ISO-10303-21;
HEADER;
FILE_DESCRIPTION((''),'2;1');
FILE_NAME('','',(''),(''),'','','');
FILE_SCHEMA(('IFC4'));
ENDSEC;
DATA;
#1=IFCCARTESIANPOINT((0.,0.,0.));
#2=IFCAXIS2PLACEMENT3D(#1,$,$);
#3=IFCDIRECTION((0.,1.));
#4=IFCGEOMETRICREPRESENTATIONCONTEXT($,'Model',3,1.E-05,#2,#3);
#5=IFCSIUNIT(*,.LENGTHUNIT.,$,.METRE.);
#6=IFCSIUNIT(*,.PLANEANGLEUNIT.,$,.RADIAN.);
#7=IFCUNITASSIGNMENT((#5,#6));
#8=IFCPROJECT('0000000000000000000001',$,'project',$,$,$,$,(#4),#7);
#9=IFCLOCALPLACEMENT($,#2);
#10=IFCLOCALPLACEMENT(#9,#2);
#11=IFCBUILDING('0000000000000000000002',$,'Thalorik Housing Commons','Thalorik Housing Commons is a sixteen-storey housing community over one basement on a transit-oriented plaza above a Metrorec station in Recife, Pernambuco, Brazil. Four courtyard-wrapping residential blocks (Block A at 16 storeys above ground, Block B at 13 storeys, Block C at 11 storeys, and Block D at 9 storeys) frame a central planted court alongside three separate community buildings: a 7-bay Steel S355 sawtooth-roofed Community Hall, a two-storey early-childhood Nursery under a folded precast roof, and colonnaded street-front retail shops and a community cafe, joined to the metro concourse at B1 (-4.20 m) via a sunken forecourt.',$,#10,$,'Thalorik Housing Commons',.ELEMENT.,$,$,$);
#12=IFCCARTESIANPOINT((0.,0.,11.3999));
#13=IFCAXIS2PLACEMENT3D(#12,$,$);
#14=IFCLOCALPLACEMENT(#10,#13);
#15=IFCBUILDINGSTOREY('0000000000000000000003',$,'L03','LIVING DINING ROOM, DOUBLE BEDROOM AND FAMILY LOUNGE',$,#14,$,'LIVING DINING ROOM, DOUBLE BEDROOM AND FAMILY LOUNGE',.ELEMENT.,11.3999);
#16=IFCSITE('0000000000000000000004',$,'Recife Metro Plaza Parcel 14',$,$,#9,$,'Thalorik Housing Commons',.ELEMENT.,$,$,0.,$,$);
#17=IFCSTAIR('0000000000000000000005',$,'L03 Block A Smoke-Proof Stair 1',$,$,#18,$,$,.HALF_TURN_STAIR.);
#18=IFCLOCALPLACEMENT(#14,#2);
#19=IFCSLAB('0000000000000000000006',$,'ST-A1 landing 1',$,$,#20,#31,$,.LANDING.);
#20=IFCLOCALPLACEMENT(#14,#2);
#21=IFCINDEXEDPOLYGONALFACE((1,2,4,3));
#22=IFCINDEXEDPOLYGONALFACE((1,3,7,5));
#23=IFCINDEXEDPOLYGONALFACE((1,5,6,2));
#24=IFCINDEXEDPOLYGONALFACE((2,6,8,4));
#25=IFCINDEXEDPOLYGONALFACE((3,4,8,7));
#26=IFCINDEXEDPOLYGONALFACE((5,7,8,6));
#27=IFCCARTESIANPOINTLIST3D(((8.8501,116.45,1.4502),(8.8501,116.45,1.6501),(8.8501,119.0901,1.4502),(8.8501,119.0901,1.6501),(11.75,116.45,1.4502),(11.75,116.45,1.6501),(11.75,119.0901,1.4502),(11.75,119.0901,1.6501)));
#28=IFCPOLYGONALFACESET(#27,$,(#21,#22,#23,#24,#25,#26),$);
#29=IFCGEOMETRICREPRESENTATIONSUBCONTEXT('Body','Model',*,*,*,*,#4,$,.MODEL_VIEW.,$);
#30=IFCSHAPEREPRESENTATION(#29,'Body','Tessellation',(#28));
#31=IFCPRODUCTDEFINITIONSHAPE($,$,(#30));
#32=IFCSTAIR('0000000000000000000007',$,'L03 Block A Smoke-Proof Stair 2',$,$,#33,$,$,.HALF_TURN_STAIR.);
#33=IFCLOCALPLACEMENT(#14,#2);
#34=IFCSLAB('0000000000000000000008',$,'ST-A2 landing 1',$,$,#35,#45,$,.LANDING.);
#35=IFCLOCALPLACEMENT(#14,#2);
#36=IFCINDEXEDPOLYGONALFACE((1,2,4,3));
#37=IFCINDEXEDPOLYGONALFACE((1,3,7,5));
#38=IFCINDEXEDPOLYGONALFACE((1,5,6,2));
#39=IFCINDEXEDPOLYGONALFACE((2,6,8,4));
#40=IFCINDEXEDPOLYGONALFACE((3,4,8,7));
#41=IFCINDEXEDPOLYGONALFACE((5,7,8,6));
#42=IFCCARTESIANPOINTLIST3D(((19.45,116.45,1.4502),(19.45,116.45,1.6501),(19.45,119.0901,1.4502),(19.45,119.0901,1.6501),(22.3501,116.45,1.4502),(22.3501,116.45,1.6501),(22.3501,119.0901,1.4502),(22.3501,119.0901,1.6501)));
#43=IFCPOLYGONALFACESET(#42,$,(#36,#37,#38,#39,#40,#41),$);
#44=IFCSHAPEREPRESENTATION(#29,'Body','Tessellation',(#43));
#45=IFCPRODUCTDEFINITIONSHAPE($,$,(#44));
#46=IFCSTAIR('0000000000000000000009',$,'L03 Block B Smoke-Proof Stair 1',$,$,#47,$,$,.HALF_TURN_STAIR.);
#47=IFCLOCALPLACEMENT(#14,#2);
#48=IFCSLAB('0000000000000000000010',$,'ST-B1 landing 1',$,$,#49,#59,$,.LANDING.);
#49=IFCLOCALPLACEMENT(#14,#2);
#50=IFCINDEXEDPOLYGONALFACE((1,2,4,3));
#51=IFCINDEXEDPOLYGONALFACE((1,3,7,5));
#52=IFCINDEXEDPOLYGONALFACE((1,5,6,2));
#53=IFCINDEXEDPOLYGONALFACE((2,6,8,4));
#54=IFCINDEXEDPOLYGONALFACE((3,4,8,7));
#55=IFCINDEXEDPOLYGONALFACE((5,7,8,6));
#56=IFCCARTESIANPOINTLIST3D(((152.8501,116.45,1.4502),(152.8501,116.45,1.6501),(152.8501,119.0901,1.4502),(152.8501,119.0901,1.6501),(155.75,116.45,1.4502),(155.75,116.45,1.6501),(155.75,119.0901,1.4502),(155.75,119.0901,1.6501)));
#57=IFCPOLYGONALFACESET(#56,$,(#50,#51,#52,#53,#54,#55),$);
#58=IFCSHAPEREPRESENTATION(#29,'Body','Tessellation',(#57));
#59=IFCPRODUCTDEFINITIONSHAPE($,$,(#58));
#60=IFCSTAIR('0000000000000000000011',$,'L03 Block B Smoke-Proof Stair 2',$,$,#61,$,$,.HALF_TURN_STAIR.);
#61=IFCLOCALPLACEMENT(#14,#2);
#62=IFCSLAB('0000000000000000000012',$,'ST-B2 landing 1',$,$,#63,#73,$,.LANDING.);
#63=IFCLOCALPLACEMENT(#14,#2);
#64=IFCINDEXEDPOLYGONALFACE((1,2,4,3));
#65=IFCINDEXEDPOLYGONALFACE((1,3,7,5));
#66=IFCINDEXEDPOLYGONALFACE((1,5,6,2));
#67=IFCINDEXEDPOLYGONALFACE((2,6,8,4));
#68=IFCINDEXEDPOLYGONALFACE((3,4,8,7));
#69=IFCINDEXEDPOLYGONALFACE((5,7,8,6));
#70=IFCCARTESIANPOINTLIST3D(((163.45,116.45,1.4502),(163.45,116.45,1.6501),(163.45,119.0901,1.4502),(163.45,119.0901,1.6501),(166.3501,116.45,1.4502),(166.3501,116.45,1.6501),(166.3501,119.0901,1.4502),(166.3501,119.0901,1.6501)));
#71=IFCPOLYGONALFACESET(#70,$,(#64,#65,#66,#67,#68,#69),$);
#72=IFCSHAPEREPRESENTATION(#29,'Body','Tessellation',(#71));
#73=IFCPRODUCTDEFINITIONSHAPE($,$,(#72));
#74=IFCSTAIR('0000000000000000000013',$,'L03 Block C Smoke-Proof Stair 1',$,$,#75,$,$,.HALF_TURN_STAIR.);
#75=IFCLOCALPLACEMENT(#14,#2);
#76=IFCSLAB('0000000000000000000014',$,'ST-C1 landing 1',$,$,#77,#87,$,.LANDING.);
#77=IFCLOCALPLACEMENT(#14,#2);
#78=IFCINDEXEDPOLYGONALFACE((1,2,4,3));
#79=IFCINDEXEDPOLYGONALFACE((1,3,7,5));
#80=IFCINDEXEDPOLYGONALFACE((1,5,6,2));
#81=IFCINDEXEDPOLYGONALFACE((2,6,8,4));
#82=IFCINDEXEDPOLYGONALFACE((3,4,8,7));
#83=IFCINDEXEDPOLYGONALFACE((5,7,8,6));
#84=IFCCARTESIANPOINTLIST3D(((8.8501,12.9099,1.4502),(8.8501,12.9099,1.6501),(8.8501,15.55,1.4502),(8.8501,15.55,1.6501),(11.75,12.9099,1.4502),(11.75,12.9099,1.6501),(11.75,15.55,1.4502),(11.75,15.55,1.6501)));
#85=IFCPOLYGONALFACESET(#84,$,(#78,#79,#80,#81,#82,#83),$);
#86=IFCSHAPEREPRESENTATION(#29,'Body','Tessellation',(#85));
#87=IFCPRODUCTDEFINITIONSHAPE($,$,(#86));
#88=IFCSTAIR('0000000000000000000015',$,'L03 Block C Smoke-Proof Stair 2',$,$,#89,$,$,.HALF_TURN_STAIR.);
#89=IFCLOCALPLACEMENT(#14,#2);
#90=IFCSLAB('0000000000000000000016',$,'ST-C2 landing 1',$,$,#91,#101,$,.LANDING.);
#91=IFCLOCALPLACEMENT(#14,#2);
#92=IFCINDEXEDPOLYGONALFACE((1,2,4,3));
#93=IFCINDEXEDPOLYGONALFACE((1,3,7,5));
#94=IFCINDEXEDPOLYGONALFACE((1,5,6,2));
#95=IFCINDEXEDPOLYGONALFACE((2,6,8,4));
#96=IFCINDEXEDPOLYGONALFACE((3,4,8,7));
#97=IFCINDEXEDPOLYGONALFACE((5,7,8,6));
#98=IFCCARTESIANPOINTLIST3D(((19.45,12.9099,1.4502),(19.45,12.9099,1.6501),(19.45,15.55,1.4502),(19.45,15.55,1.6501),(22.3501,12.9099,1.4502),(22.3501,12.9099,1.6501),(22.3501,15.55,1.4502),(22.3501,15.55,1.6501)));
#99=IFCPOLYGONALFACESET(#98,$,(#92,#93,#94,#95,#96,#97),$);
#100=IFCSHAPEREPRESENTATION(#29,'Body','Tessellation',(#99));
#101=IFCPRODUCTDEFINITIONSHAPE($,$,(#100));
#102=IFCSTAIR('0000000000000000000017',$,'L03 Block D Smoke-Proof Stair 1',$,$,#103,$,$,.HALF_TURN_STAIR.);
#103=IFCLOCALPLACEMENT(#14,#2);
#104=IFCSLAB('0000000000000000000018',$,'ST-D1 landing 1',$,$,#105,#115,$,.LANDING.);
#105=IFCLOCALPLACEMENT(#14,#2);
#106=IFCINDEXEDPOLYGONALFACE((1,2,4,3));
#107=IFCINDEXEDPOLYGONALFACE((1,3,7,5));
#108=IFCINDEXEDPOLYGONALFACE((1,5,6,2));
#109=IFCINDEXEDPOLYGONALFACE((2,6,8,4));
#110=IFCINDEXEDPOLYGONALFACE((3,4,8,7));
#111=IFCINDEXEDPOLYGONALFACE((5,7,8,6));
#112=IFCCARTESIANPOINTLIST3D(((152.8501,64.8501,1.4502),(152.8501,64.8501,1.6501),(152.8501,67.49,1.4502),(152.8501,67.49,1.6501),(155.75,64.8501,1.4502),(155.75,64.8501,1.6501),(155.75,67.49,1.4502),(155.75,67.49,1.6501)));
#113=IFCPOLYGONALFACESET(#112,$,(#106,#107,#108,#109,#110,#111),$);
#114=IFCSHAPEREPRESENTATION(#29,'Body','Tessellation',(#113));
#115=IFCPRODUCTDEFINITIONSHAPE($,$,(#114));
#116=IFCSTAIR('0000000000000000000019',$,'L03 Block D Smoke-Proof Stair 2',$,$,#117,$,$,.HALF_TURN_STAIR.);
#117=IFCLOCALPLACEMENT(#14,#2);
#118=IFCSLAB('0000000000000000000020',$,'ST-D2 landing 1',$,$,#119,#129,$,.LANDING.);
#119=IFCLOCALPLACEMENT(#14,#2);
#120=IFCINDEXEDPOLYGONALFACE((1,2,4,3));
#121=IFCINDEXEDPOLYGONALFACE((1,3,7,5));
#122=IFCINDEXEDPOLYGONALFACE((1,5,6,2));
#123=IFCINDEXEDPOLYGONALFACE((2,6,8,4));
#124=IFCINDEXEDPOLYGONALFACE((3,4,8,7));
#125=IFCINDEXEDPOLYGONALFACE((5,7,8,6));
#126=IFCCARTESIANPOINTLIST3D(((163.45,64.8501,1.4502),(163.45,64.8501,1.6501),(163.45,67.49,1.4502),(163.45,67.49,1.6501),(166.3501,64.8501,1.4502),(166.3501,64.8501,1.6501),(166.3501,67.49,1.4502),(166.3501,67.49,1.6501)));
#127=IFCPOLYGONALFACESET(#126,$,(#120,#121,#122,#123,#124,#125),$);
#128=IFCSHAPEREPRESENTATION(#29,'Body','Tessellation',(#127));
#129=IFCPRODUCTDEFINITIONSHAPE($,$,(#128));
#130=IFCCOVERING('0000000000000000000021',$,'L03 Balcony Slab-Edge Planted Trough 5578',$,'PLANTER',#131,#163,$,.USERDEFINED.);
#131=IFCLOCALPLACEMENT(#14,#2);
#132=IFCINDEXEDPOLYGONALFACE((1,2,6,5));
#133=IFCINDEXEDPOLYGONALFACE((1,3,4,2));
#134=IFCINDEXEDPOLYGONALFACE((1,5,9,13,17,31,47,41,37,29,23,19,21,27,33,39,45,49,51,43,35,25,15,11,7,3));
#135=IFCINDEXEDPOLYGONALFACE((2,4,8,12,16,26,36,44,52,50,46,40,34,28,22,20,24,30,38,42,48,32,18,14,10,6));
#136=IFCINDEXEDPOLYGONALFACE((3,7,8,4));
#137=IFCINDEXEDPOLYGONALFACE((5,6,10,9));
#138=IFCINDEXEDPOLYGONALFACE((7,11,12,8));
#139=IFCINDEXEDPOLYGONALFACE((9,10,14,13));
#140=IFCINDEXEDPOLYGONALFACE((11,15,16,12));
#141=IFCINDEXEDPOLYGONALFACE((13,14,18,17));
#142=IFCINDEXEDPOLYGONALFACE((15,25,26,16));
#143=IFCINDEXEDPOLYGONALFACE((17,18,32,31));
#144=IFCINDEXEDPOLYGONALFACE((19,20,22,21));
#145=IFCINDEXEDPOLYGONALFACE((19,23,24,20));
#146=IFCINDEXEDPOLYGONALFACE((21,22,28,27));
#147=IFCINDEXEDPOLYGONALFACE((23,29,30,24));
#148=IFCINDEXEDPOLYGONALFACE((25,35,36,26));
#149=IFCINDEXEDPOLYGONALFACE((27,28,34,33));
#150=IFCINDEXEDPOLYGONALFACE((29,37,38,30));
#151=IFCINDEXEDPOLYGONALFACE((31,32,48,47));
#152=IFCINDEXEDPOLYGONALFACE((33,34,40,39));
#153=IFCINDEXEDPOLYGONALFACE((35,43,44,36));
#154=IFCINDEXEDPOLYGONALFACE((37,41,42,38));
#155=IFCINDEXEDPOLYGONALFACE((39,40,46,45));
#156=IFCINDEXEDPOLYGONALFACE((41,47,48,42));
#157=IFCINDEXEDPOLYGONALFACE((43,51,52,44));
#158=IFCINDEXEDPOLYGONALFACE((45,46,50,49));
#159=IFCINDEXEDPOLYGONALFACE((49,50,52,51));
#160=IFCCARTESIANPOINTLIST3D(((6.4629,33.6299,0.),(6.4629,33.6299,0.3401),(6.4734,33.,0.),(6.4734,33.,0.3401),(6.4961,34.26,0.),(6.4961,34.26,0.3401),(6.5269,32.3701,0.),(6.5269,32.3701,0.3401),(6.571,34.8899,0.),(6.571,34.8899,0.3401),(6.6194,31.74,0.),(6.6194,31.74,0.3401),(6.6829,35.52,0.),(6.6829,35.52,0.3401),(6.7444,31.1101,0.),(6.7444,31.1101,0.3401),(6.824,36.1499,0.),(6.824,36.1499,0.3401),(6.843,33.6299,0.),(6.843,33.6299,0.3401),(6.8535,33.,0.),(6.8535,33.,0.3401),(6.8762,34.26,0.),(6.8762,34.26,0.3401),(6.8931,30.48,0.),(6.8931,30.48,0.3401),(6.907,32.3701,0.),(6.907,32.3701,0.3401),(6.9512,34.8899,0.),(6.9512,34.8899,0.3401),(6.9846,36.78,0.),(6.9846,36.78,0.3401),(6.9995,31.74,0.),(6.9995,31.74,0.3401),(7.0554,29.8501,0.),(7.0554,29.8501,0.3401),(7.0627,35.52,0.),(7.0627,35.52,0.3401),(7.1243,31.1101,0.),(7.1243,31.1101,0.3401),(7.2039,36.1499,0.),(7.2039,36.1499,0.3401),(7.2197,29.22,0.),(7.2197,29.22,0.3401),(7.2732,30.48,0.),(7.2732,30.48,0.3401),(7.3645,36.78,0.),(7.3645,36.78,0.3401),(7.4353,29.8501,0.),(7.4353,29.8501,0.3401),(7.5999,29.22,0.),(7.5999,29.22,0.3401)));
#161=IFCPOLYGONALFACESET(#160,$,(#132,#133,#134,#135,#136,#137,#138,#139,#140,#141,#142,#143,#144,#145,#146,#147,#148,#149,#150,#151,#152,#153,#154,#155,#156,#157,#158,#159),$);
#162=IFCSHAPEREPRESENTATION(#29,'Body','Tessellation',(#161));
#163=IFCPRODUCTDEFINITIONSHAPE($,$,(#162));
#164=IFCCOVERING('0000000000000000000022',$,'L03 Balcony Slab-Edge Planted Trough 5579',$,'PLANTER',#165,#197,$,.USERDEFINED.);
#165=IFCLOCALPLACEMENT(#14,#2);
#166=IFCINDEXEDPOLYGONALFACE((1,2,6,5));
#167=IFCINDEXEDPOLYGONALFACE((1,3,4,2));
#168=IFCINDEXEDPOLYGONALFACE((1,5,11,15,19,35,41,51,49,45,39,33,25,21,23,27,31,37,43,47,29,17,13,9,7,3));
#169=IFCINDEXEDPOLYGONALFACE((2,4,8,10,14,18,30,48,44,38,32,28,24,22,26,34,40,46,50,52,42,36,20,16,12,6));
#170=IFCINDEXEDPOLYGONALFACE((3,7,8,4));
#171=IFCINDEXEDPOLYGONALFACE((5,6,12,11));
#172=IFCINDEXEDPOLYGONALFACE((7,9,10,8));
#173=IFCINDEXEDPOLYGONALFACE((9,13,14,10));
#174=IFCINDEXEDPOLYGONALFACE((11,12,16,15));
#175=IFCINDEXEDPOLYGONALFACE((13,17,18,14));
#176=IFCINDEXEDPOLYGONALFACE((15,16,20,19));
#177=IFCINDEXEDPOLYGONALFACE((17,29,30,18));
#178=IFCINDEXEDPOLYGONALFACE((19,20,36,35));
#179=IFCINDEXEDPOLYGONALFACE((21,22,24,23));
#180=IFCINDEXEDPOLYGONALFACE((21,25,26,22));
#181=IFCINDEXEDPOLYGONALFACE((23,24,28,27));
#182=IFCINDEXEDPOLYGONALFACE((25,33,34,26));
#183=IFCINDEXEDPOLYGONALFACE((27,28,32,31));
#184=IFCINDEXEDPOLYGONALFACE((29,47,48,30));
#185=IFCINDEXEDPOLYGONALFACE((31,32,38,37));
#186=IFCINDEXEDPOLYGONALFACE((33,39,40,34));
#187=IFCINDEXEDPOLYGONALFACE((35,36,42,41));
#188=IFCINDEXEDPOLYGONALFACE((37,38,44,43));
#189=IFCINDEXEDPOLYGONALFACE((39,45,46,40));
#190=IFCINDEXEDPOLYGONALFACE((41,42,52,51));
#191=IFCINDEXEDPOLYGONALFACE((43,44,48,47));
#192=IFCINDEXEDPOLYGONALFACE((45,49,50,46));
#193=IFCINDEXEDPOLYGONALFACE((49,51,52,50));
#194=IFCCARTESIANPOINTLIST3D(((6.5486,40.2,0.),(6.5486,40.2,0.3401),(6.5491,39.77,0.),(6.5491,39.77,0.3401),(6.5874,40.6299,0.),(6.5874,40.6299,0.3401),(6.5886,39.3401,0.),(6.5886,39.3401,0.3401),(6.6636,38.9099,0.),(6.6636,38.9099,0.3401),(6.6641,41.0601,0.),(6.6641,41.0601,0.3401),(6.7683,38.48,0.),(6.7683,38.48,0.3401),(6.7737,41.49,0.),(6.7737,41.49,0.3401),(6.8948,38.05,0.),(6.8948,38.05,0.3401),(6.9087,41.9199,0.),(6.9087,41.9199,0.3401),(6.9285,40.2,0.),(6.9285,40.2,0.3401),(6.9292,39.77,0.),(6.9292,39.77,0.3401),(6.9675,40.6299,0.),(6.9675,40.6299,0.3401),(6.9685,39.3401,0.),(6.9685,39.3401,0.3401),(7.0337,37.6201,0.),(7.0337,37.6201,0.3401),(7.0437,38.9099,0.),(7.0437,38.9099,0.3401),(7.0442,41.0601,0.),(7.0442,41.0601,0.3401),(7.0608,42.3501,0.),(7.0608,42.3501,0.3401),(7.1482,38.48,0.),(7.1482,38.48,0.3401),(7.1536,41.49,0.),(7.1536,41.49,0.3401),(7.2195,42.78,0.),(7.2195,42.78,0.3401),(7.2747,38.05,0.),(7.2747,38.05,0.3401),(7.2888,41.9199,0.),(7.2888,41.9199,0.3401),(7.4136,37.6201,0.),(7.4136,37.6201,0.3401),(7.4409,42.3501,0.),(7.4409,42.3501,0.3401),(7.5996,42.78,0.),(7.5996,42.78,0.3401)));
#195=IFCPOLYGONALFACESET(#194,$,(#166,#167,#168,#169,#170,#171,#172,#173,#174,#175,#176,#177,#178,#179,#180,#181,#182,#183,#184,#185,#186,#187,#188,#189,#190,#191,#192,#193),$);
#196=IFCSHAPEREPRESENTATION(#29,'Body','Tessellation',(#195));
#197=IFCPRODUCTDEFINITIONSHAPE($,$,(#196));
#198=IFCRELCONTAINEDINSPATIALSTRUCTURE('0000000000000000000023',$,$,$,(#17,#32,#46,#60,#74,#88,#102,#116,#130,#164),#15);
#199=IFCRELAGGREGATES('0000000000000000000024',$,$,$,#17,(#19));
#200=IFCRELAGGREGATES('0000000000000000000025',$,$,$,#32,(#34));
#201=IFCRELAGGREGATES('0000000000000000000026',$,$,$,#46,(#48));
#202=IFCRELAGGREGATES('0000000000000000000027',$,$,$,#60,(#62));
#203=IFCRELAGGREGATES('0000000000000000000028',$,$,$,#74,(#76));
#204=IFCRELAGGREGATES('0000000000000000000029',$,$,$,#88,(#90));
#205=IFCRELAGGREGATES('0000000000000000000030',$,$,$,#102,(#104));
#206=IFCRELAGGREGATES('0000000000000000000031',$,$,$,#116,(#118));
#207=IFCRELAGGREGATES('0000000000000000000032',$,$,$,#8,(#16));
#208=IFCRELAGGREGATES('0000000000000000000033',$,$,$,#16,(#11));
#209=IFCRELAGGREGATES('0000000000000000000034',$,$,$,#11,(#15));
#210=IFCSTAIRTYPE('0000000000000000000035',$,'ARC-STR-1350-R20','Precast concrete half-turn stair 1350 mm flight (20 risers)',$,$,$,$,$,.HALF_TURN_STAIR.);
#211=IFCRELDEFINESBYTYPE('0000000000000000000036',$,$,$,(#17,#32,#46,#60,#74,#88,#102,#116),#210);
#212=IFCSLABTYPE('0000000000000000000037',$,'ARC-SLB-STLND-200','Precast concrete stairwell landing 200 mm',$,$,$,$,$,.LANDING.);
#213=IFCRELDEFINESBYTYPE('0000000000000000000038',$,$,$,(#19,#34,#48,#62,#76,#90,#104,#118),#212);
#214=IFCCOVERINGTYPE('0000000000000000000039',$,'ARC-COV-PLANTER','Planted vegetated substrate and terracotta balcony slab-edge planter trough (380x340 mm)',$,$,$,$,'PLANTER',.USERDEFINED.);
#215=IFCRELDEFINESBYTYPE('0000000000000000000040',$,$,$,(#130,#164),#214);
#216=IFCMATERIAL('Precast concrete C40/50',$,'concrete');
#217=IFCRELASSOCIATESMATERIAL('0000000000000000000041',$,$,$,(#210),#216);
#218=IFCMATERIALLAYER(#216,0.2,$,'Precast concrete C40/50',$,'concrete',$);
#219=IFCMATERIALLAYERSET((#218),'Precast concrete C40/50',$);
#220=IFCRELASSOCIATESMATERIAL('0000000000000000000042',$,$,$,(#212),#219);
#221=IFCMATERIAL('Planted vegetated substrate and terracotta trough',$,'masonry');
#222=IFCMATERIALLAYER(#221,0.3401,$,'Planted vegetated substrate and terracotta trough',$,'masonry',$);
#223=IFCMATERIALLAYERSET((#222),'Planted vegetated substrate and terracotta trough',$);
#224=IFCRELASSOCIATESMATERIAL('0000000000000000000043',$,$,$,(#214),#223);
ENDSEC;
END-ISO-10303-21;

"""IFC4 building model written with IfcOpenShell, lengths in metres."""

from ifc_helpers import new_model, si_unit, direction, frame, origin, place, context, subcontext, project, spatial, polyline, outline, extrude, material, layer, layer_set, type_object, element, aggregate, save


model = new_model("IFC4")

# Units and contexts
model_context = context("Model", 3, precision=1e-05, world=origin(), true_north=direction((0.0, 1.0)))
body_context = subcontext(model_context, "Body", "Model", "MODEL_VIEW")
ifc_project = project(units=[si_unit("LENGTHUNIT", "METRE"), si_unit("PLANEANGLEUNIT", "RADIAN")], contexts=[model_context])

# Site, building, storey
site_placement = place(None, origin())
site = spatial("IfcSite", under=ifc_project, at=site_placement, Name="Recife Metro Plaza Parcel 14", LongName="Thalorik Housing Commons", CompositionType="ELEMENT", RefElevation=0.0)
building_placement = place(site_placement, origin())
building = spatial("IfcBuilding", under=site, at=building_placement, Name="Thalorik Housing Commons", Description="Thalorik Housing Commons is a sixteen-storey housing community over one basement on a transit-oriented plaza above a Metrorec station in Recife, Pernambuco, Brazil. Four courtyard-wrapping residential blocks (Block A at 16 storeys above ground, Block B at 13 storeys, Block C at 11 storeys, and Block D at 9 storeys) frame a central planted court alongside three separate community buildings: a 7-bay Steel S355 sawtooth-roofed Community Hall, a two-storey early-childhood Nursery under a folded precast roof, and colonnaded street-front retail shops and a community cafe, joined to the metro concourse at B1 (-4.20 m) via a sunken forecourt.", LongName="Thalorik Housing Commons", CompositionType="ELEMENT")
storey_placement = place(building_placement, frame((0.0, 0.0, 11.3999)))
storey = spatial("IfcBuildingStorey", under=building, at=storey_placement, Name="L03", Description="LIVING DINING ROOM, DOUBLE BEDROOM AND FAMILY LOUNGE", LongName="LIVING DINING ROOM, DOUBLE BEDROOM AND FAMILY LOUNGE", CompositionType="ELEMENT", Elevation=11.3999)

# Stairs, slabs
ifc_material_1 = material(Name="Precast concrete C40/50", Category="concrete")
stair_type = type_object("IfcStairType", Name="ARC-STR-1350-R20", Description="Precast concrete half-turn stair 1350 mm flight (20 risers)", PredefinedType="HALF_TURN_STAIR", material=ifc_material_1)
stair_1_placement = place(storey_placement, origin())
stair_1 = element("IfcStair", 1, at=stair_1_placement, inside=storey, type_object=stair_type, Name="L03 Block A Smoke-Proof Stair 1", PredefinedType="HALF_TURN_STAIR")
ifc_layer_1 = layer(ifc_material_1, 0.2, Name="Precast concrete C40/50", Category="concrete")
ifc_layer_set_1 = layer_set([ifc_layer_1], Name="Precast concrete C40/50")
slab_type = type_object("IfcSlabType", Name="ARC-SLB-STLND-200", Description="Precast concrete stairwell landing 200 mm", PredefinedType="LANDING", material=ifc_layer_set_1)
slab_1_placement = place(storey_placement, frame((0.0, 0.0, 1.4502)))
slab_1 = element("IfcSlab", 2, at=slab_1_placement, type_object=slab_type, Name="ST-A1 landing 1", PredefinedType="LANDING", context=body_context, shape_type="SweptSolid", body=[
    extrude(outline(polyline([(8.8501, 119.0901), (8.8501, 116.45), (11.75, 116.45), (11.75, 119.0901), (8.8501, 119.0901)])), origin(), (0.0, 0.0, 1.0), 0.2),
])
aggregate(stair_1, [slab_1])
stair_2_placement = place(storey_placement, origin())
stair_2 = element("IfcStair", 3, at=stair_2_placement, inside=storey, type_object=stair_type, Name="L03 Block A Smoke-Proof Stair 2", PredefinedType="HALF_TURN_STAIR")
slab_2_placement = place(storey_placement, frame((0.0, 0.0, 1.4502)))
slab_2 = element("IfcSlab", 4, at=slab_2_placement, type_object=slab_type, Name="ST-A2 landing 1", PredefinedType="LANDING", context=body_context, shape_type="SweptSolid", body=[
    extrude(outline(polyline([(19.45, 119.0901), (19.45, 116.45), (22.3501, 116.45), (22.3501, 119.0901), (19.45, 119.0901)])), origin(), (0.0, 0.0, 1.0), 0.2),
])
aggregate(stair_2, [slab_2])
stair_3_placement = place(storey_placement, origin())
stair_3 = element("IfcStair", 5, at=stair_3_placement, inside=storey, type_object=stair_type, Name="L03 Block B Smoke-Proof Stair 1", PredefinedType="HALF_TURN_STAIR")
slab_3_placement = place(storey_placement, frame((0.0, 0.0, 1.4502)))
slab_3 = element("IfcSlab", 6, at=slab_3_placement, type_object=slab_type, Name="ST-B1 landing 1", PredefinedType="LANDING", context=body_context, shape_type="SweptSolid", body=[
    extrude(outline(polyline([(152.8501, 119.0901), (152.8501, 116.45), (155.75, 116.45), (155.75, 119.0901), (152.8501, 119.0901)])), origin(), (0.0, 0.0, 1.0), 0.2),
])
aggregate(stair_3, [slab_3])
stair_4_placement = place(storey_placement, origin())
stair_4 = element("IfcStair", 7, at=stair_4_placement, inside=storey, type_object=stair_type, Name="L03 Block B Smoke-Proof Stair 2", PredefinedType="HALF_TURN_STAIR")
slab_4_placement = place(storey_placement, frame((0.0, 0.0, 1.4502)))
slab_4 = element("IfcSlab", 8, at=slab_4_placement, type_object=slab_type, Name="ST-B2 landing 1", PredefinedType="LANDING", context=body_context, shape_type="SweptSolid", body=[
    extrude(outline(polyline([(163.45, 119.0901), (163.45, 116.45), (166.3501, 116.45), (166.3501, 119.0901), (163.45, 119.0901)])), origin(), (0.0, 0.0, 1.0), 0.2),
])
aggregate(stair_4, [slab_4])
stair_5_placement = place(storey_placement, origin())
stair_5 = element("IfcStair", 9, at=stair_5_placement, inside=storey, type_object=stair_type, Name="L03 Block C Smoke-Proof Stair 1", PredefinedType="HALF_TURN_STAIR")
slab_5_placement = place(storey_placement, frame((0.0, 0.0, 1.4502)))
slab_5 = element("IfcSlab", 10, at=slab_5_placement, type_object=slab_type, Name="ST-C1 landing 1", PredefinedType="LANDING", context=body_context, shape_type="SweptSolid", body=[
    extrude(outline(polyline([(11.75, 12.9099), (11.75, 15.55), (8.8501, 15.55), (8.8501, 12.9099), (11.75, 12.9099)])), origin(), (0.0, 0.0, 1.0), 0.2),
])
aggregate(stair_5, [slab_5])
stair_6_placement = place(storey_placement, origin())
stair_6 = element("IfcStair", 11, at=stair_6_placement, inside=storey, type_object=stair_type, Name="L03 Block C Smoke-Proof Stair 2", PredefinedType="HALF_TURN_STAIR")
slab_6_placement = place(storey_placement, frame((0.0, 0.0, 1.4502)))
slab_6 = element("IfcSlab", 12, at=slab_6_placement, type_object=slab_type, Name="ST-C2 landing 1", PredefinedType="LANDING", context=body_context, shape_type="SweptSolid", body=[
    extrude(outline(polyline([(22.3501, 12.9099), (22.3501, 15.55), (19.45, 15.55), (19.45, 12.9099), (22.3501, 12.9099)])), origin(), (0.0, 0.0, 1.0), 0.2),
])
aggregate(stair_6, [slab_6])
stair_7_placement = place(storey_placement, origin())
stair_7 = element("IfcStair", 13, at=stair_7_placement, inside=storey, type_object=stair_type, Name="L03 Block D Smoke-Proof Stair 1", PredefinedType="HALF_TURN_STAIR")
slab_7_placement = place(storey_placement, frame((0.0, 0.0, 1.4502)))
slab_7 = element("IfcSlab", 14, at=slab_7_placement, type_object=slab_type, Name="ST-D1 landing 1", PredefinedType="LANDING", context=body_context, shape_type="SweptSolid", body=[
    extrude(outline(polyline([(152.8501, 67.49), (152.8501, 64.8501), (155.75, 64.8501), (155.75, 67.49), (152.8501, 67.49)])), origin(), (0.0, 0.0, 1.0), 0.2),
])
aggregate(stair_7, [slab_7])
stair_8_placement = place(storey_placement, origin())
stair_8 = element("IfcStair", 15, at=stair_8_placement, inside=storey, type_object=stair_type, Name="L03 Block D Smoke-Proof Stair 2", PredefinedType="HALF_TURN_STAIR")
slab_8_placement = place(storey_placement, frame((0.0, 0.0, 1.4502)))
slab_8 = element("IfcSlab", 16, at=slab_8_placement, type_object=slab_type, Name="ST-D2 landing 1", PredefinedType="LANDING", context=body_context, shape_type="SweptSolid", body=[
    extrude(outline(polyline([(163.45, 67.49), (163.45, 64.8501), (166.3501, 64.8501), (166.3501, 67.49), (163.45, 67.49)])), origin(), (0.0, 0.0, 1.0), 0.2),
])
aggregate(stair_8, [slab_8])

# Coverings
ifc_material_2 = material(Name="Planted vegetated substrate and terracotta trough", Category="masonry")
ifc_layer_2 = layer(ifc_material_2, 0.3401, Name="Planted vegetated substrate and terracotta trough", Category="masonry")
ifc_layer_set_2 = layer_set([ifc_layer_2], Name="Planted vegetated substrate and terracotta trough")
covering_type = type_object("IfcCoveringType", Name="ARC-COV-PLANTER", Description="Planted vegetated substrate and terracotta balcony slab-edge planter trough (380x340 mm)", ElementType="PLANTER", PredefinedType="USERDEFINED", material=ifc_layer_set_2)
covering_1_placement = place(storey_placement, origin())
element("IfcCovering", 17, at=covering_1_placement, inside=storey, type_object=covering_type, Name="L03 Balcony Slab-Edge Planted Trough 5578", ObjectType="PLANTER", PredefinedType="USERDEFINED", context=body_context, shape_type="SweptSolid", body=[
    extrude(outline(polyline([(6.9846, 36.78), (6.824, 36.1499), (6.6829, 35.52), (6.571, 34.8899), (6.4961, 34.26), (6.4629, 33.6299), (6.4734, 33.0), (6.5269, 32.3701), (6.6194, 31.74), (6.7444, 31.1101), (6.8931, 30.48), (7.0554, 29.8501), (7.2197, 29.22), (7.5999, 29.22), (7.4353, 29.8501), (7.2732, 30.48), (7.1243, 31.1101), (6.9995, 31.74), (6.907, 32.3701), (6.8535, 33.0), (6.843, 33.6299), (6.8762, 34.26), (6.9512, 34.8899), (7.0627, 35.52), (7.2039, 36.1499), (7.3645, 36.78), (6.9846, 36.78)])), origin(), (0.0, 0.0, 1.0), 0.3401),
])
covering_2_placement = place(storey_placement, origin())
element("IfcCovering", 18, at=covering_2_placement, inside=storey, type_object=covering_type, Name="L03 Balcony Slab-Edge Planted Trough 5579", ObjectType="PLANTER", PredefinedType="USERDEFINED", context=body_context, shape_type="SweptSolid", body=[
    extrude(outline(polyline([(7.2195, 42.78), (7.0608, 42.3501), (6.9087, 41.9199), (6.7737, 41.49), (6.6641, 41.0601), (6.5874, 40.6299), (6.5486, 40.2), (6.5491, 39.77), (6.5886, 39.3401), (6.6636, 38.9099), (6.7683, 38.48), (6.8948, 38.05), (7.0337, 37.6201), (7.4136, 37.6201), (7.2747, 38.05), (7.1482, 38.48), (7.0437, 38.9099), (6.9685, 39.3401), (6.9292, 39.77), (6.9285, 40.2), (6.9675, 40.6299), (7.0442, 41.0601), (7.1536, 41.49), (7.2888, 41.9199), (7.4409, 42.3501), (7.5996, 42.78), (7.2195, 42.78)])), origin(), (0.0, 0.0, 1.0), 0.3401),
])

save(model, "model.ifc")
